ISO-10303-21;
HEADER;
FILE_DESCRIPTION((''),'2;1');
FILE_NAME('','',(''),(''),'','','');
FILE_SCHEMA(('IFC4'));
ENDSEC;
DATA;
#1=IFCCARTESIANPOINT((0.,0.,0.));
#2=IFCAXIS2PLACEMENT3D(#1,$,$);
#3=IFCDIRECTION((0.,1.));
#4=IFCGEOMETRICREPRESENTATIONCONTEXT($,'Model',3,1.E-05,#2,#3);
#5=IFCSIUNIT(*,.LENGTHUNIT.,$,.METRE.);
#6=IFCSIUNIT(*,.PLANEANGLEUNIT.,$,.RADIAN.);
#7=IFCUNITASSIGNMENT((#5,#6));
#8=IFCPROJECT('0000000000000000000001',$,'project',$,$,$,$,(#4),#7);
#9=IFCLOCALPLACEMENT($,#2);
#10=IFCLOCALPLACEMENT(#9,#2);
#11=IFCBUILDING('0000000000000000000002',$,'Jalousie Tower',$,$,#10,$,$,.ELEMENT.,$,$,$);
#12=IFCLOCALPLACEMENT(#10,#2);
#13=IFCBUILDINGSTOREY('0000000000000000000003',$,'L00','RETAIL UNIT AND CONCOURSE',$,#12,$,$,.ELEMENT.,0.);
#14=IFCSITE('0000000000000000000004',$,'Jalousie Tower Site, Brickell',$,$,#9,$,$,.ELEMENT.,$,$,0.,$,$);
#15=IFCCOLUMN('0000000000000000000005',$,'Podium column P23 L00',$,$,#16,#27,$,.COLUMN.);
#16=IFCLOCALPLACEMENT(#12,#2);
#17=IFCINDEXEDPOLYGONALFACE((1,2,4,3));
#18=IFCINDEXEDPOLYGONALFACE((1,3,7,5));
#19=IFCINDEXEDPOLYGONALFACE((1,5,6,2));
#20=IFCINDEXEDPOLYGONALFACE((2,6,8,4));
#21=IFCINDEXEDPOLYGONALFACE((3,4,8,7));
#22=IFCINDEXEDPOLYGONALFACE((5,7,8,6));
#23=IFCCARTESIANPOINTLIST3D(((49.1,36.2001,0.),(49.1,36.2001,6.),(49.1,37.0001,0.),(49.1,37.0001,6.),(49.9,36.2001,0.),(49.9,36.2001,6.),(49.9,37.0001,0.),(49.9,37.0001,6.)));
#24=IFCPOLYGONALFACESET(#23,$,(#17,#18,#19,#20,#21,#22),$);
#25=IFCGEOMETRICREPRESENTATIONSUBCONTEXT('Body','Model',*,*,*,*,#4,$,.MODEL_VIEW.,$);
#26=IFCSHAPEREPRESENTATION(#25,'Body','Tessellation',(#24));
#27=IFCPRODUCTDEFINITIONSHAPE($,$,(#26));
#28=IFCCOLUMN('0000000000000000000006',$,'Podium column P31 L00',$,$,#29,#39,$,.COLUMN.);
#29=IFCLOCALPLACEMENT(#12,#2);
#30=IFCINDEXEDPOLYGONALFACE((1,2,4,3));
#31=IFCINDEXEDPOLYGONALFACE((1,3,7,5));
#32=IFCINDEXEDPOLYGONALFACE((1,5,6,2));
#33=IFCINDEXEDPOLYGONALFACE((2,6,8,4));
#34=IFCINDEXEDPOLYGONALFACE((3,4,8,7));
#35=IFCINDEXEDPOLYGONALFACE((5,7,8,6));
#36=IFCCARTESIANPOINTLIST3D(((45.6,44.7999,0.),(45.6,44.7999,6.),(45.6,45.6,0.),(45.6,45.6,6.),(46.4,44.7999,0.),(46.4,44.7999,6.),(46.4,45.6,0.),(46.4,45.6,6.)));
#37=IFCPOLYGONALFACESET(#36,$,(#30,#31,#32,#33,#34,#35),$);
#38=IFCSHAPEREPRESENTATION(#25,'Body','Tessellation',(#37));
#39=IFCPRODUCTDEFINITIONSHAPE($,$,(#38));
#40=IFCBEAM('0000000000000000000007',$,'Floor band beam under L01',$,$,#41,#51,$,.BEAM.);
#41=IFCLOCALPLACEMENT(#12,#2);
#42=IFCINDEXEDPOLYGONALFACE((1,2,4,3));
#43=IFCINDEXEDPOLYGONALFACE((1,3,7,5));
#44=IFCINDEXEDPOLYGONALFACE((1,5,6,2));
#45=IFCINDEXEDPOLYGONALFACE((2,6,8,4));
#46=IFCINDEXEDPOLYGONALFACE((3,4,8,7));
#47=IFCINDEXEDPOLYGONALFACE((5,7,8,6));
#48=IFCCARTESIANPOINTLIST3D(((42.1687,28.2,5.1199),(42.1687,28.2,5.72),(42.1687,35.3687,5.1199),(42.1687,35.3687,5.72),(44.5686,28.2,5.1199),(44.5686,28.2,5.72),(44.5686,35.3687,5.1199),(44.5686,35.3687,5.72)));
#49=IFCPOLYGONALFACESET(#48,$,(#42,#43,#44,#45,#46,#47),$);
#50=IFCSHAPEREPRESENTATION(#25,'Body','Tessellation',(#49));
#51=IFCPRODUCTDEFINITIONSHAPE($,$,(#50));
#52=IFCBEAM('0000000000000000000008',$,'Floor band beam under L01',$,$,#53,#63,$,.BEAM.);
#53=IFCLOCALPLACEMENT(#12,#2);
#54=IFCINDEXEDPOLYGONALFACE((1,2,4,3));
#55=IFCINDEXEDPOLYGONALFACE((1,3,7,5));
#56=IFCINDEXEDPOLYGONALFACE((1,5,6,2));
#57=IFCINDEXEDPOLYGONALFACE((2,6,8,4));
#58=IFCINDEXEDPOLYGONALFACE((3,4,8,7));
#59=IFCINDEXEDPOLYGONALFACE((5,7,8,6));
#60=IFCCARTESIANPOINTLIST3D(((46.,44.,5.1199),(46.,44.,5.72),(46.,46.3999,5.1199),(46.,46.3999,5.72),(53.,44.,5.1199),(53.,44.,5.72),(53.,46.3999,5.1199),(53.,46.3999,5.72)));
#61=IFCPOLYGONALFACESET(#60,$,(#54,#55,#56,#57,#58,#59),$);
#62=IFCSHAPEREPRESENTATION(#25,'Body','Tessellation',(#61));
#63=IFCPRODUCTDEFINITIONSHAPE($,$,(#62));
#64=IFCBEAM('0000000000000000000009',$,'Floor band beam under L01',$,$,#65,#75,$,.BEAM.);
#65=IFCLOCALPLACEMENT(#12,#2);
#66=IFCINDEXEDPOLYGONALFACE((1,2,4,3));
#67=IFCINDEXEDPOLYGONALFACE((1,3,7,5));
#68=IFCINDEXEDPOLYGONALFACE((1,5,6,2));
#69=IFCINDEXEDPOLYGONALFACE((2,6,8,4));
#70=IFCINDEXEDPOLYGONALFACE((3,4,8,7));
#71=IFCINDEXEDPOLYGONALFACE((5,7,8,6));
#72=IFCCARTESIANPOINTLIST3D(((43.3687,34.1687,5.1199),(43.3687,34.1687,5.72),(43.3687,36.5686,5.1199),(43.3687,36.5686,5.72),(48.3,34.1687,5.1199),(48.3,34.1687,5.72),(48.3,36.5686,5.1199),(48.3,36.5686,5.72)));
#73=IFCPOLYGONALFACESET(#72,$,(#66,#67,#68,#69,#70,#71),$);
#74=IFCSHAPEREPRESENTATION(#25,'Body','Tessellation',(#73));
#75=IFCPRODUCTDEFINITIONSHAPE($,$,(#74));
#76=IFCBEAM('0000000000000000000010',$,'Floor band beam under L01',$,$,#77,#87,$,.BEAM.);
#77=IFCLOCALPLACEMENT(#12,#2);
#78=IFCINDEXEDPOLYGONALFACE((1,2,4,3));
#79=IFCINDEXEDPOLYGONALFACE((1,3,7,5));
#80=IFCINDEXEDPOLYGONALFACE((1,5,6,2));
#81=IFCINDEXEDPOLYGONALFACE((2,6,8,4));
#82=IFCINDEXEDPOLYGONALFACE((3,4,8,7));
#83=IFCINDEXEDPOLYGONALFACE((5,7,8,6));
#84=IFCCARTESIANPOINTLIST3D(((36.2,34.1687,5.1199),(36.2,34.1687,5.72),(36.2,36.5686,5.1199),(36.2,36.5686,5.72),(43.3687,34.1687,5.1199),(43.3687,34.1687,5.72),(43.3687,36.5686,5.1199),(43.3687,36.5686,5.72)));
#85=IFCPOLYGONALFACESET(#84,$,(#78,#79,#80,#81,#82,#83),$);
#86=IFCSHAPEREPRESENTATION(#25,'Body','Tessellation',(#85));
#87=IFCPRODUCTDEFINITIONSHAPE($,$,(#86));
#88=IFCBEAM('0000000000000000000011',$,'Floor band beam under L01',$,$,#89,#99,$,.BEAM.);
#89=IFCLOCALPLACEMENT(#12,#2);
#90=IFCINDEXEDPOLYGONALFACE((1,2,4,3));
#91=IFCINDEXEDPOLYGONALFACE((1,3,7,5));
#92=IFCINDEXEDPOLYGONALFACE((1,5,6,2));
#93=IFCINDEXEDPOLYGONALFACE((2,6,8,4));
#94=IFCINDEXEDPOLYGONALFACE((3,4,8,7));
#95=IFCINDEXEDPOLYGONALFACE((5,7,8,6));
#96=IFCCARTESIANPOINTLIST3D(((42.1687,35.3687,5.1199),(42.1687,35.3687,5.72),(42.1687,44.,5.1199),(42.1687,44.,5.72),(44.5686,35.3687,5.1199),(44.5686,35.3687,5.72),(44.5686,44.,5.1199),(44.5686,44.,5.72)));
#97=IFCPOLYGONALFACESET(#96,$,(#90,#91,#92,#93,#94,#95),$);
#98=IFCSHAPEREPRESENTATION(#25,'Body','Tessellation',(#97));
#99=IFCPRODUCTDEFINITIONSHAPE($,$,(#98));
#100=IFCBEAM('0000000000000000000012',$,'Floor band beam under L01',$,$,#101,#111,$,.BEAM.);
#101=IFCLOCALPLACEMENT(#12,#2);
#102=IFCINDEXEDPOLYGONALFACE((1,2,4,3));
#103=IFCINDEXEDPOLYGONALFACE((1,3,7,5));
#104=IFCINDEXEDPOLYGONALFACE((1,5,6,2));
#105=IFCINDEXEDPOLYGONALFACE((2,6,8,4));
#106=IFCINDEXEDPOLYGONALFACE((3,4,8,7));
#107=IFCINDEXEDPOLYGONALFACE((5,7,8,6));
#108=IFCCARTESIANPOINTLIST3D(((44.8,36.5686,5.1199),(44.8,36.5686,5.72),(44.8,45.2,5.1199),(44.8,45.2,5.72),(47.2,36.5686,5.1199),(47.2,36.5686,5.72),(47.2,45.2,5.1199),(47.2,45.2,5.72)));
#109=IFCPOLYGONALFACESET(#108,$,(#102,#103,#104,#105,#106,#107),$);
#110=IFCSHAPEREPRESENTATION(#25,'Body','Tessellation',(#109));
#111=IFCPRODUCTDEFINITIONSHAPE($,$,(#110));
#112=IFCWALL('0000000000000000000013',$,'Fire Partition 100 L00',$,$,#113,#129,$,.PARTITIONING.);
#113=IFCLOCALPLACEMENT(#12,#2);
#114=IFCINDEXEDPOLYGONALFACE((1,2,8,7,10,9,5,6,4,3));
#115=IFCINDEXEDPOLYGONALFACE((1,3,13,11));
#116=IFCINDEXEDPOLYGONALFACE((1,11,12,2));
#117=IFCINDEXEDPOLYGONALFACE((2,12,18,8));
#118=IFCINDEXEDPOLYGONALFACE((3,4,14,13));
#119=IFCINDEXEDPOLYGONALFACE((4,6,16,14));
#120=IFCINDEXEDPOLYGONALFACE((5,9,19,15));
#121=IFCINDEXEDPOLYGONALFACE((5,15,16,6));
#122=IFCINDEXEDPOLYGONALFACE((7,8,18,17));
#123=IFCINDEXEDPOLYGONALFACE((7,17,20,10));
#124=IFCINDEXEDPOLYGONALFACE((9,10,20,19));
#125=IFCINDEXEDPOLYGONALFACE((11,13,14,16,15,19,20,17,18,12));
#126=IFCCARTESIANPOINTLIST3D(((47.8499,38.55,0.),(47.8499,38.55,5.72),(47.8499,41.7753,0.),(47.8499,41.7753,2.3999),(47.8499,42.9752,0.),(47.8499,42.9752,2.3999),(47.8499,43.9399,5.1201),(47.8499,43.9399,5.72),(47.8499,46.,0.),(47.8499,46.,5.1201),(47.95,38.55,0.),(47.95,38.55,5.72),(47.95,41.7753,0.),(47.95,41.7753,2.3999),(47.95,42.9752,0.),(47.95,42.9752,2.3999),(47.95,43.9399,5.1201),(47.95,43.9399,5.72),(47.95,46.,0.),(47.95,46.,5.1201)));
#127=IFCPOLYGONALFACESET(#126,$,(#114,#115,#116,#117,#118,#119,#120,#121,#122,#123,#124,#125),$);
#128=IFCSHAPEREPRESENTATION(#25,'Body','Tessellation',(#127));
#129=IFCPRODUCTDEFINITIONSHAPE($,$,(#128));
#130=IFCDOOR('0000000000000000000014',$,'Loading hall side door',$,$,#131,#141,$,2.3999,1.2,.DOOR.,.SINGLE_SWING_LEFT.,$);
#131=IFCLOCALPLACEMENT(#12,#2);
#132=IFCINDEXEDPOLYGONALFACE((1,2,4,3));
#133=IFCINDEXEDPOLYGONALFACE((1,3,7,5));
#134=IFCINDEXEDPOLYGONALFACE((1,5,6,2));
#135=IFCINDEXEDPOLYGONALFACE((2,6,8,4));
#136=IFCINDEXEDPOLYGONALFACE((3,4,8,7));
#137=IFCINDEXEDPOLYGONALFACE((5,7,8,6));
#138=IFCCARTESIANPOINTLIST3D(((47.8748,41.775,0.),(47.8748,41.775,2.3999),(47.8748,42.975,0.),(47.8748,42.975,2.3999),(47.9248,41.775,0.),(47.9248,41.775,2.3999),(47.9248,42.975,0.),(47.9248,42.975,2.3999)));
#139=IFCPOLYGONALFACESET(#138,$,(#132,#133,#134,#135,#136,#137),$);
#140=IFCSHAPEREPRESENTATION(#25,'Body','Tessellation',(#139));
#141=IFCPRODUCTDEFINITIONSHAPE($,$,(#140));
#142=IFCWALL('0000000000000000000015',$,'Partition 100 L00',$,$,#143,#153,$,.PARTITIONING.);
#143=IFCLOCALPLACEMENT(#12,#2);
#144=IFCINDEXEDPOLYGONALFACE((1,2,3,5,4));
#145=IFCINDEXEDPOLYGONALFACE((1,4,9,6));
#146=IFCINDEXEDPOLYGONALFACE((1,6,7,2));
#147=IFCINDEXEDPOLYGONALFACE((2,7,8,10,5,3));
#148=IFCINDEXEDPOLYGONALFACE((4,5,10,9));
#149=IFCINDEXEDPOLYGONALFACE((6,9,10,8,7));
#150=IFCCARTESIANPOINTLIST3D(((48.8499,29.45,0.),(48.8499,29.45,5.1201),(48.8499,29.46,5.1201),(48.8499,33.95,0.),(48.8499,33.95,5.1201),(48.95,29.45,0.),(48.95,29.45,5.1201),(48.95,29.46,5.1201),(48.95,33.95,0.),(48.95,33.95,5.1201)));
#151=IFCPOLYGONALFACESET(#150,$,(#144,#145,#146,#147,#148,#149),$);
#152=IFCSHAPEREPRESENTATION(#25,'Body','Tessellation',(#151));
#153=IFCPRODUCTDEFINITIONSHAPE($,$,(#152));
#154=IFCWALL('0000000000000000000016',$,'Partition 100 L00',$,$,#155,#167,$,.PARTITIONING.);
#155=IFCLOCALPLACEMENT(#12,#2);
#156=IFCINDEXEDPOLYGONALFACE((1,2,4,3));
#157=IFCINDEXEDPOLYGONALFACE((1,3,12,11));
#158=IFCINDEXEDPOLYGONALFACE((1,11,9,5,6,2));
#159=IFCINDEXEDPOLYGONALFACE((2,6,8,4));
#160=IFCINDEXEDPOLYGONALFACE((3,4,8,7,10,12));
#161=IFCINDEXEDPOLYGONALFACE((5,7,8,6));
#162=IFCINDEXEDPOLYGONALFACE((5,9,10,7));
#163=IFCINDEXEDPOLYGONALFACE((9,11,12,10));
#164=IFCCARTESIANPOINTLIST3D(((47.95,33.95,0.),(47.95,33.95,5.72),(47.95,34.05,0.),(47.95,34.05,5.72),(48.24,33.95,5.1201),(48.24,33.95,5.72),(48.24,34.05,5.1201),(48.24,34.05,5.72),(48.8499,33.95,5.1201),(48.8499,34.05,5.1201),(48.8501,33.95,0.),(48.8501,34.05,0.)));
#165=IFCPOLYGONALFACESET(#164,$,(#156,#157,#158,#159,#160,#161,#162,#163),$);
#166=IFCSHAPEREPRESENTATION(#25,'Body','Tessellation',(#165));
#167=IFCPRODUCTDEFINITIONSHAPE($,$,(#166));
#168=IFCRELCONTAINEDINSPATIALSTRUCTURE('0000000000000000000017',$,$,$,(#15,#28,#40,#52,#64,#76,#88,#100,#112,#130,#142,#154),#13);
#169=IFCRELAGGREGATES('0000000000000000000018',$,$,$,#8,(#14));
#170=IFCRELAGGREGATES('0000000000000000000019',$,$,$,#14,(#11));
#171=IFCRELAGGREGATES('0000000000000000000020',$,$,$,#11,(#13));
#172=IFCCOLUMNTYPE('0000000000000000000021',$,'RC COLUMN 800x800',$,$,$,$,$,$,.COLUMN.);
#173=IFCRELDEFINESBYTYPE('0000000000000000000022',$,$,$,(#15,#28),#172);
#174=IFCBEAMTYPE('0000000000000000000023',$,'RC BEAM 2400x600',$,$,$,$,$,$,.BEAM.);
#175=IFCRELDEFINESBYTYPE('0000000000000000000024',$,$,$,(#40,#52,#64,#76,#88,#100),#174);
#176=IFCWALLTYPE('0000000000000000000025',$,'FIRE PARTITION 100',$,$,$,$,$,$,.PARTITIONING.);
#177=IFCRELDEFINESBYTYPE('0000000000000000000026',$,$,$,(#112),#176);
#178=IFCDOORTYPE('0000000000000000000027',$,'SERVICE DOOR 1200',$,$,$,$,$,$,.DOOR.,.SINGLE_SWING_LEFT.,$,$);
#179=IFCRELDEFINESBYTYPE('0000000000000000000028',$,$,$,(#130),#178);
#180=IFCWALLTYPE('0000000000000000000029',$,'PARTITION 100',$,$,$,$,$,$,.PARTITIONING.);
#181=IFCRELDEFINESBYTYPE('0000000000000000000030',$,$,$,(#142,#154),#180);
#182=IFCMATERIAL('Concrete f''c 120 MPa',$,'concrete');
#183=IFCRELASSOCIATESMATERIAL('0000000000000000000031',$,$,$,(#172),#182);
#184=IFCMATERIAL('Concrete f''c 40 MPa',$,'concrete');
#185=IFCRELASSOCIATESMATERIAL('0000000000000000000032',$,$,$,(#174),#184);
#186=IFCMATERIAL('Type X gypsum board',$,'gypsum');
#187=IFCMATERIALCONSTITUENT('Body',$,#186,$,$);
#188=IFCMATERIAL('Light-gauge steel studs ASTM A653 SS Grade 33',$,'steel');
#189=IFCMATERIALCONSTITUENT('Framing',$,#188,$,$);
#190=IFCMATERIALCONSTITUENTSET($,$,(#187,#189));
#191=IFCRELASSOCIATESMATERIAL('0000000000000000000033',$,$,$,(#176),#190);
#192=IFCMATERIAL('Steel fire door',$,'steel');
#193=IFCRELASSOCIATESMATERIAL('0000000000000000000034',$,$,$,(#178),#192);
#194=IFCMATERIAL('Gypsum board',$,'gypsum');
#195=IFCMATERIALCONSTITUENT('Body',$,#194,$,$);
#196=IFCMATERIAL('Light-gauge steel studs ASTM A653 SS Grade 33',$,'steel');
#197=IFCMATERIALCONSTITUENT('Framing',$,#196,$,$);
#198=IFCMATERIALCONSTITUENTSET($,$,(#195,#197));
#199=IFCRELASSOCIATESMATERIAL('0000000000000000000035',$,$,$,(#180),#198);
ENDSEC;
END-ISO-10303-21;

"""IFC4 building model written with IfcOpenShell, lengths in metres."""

from ifc_helpers import new_model, si_unit, direction, frame, frame_2d, origin, origin_2d, place, context, subcontext, project, spatial, polyline, rectangle, outline, extrude, material, constituent, constituent_set, material_profile, profile_set, type_object, element, fill, save


model = new_model("IFC4")

# Units and contexts
model_context = context("Model", 3, precision=1e-05, world=origin(), true_north=direction((0.0, 1.0)))
body_context = subcontext(model_context, "Body", "Model", "MODEL_VIEW")
ifc_project = project(units=[si_unit("LENGTHUNIT", "METRE"), si_unit("PLANEANGLEUNIT", "RADIAN")], contexts=[model_context])

# Site, building, storey
site_placement = place(None, origin())
site = spatial("IfcSite", under=ifc_project, at=site_placement, Name="Jalousie Tower Site, Brickell", CompositionType="ELEMENT", RefElevation=0.0)
building_placement = place(site_placement, origin())
building = spatial("IfcBuilding", under=site, at=building_placement, Name="Jalousie Tower", CompositionType="ELEMENT")
storey_placement = place(building_placement, origin())
storey = spatial("IfcBuildingStorey", under=building, at=storey_placement, Name="L00", Description="RETAIL UNIT AND CONCOURSE", CompositionType="ELEMENT", Elevation=0.0)

# Columns
ifc_material_1 = material(Name="Concrete f'c 120 MPa", Category="concrete")
ifc_material_profile_1 = material_profile(ifc_material_1, rectangle(XDim=0.8, YDim=0.8, at=origin_2d()), Name="RC 800x800")
ifc_profile_set_1 = profile_set([ifc_material_profile_1], Name="Concrete f'c 120 MPa")
column_type = type_object("IfcColumnType", Name="RC COLUMN 800x800", PredefinedType="COLUMN", material=ifc_profile_set_1)
for number, where, z_axis, x_axis, name in (
    (1, (49.5, 36.6001, 0.0), (0.0, 0.0, 1.0), (1.0, 0.0, 0.0), "Podium column P23 L00"),
    (2, (46.0, 45.2, 0.0), (0.0, 0.0, 1.0), (1.0, 0.0, 0.0), "Podium column P31 L00"),
):
    element("IfcColumn", number, at=place(storey_placement, frame(where, z_axis=z_axis, x_axis=x_axis)), inside=storey, type_object=column_type, Name=name, PredefinedType="COLUMN", context=body_context, shape_type="SweptSolid", body=[
        extrude(rectangle(XDim=0.8, YDim=0.8, at=origin_2d()), origin(), (0.0, 0.0, 1.0), 6.0),
    ])

# Beams
ifc_material_2 = material(Name="Concrete f'c 40 MPa", Category="concrete")
ifc_material_profile_2 = material_profile(ifc_material_2, rectangle(XDim=2.3999, YDim=0.6001, at=origin_2d()), Name="RC 2400x600")
ifc_profile_set_2 = profile_set([ifc_material_profile_2], Name="Concrete f'c 40 MPa")
beam_type = type_object("IfcBeamType", Name="RC BEAM 2400x600", PredefinedType="BEAM", material=ifc_profile_set_2)
beam_1_placement = place(storey_placement, frame((43.3687, 35.3687, 5.4199), z_axis=(0.0, -1.0, 0.0), x_axis=(1.0, 0.0, 0.0)))
element("IfcBeam", 3, at=beam_1_placement, inside=storey, type_object=beam_type, Name="Floor band beam under L01", PredefinedType="BEAM", context=body_context, shape_type="SweptSolid", body=[
    extrude(rectangle(XDim=2.3999, YDim=0.6001, at=origin_2d()), origin(), (0.0, 0.0, 1.0), 7.1687),
])
beam_2_placement = place(storey_placement, frame((46.0, 45.2, 5.4199), z_axis=(1.0, 0.0, 0.0), x_axis=(0.0, 1.0, 0.0)))
element("IfcBeam", 4, at=beam_2_placement, inside=storey, type_object=beam_type, Name="Floor band beam under L01", PredefinedType="BEAM", context=body_context, shape_type="SweptSolid", body=[
    extrude(rectangle(XDim=2.3999, YDim=0.6001, at=origin_2d()), origin(), (0.0, 0.0, 1.0), 7.0),
])
beam_3_placement = place(storey_placement, frame((43.3687, 35.3687, 5.4199), z_axis=(1.0, 0.0, 0.0), x_axis=(0.0, 1.0, 0.0)))
element("IfcBeam", 5, at=beam_3_placement, inside=storey, type_object=beam_type, Name="Floor band beam under L01", PredefinedType="BEAM", context=body_context, shape_type="SweptSolid", body=[
    extrude(rectangle(XDim=2.3999, YDim=0.6001, at=origin_2d()), origin(), (0.0, 0.0, 1.0), 4.9314),
])
beam_4_placement = place(storey_placement, frame((43.3687, 35.3687, 5.4199), z_axis=(-1.0, 0.0, 0.0), x_axis=(0.0, -1.0, 0.0)))
element("IfcBeam", 6, at=beam_4_placement, inside=storey, type_object=beam_type, Name="Floor band beam under L01", PredefinedType="BEAM", context=body_context, shape_type="SweptSolid", body=[
    extrude(rectangle(XDim=2.3999, YDim=0.6001, at=origin_2d()), origin(), (0.0, 0.0, 1.0), 7.1687),
])
for number, where, z_axis, x_axis, name in (
    (7, (43.3687, 35.3687, 5.4199), (0.0, 1.0, 0.0), (-1.0, 0.0, 0.0), "Floor band beam under L01"),
    (8, (46.0, 45.2, 5.4199), (0.0, -1.0, 0.0), (1.0, 0.0, 0.0), "Floor band beam under L01"),
):
    element("IfcBeam", number, at=place(storey_placement, frame(where, z_axis=z_axis, x_axis=x_axis)), inside=storey, type_object=beam_type, Name=name, PredefinedType="BEAM", context=body_context, shape_type="SweptSolid", body=[
        extrude(rectangle(XDim=2.3999, YDim=0.6001, at=origin_2d()), origin(), (0.0, 0.0, 1.0), 8.6313),
    ])

# Wall, opening, door
ifc_material_3 = material(Name="Type X gypsum board", Category="gypsum")
ifc_constituent_1 = constituent(ifc_material_3, Name="Body")
ifc_material_4 = material(Name="Light-gauge steel studs ASTM A653 SS Grade 33", Category="steel")
ifc_constituent_2 = constituent(ifc_material_4, Name="Framing")
ifc_constituent_set_1 = constituent_set(constituents=[ifc_constituent_1, ifc_constituent_2])
wall_type_1 = type_object("IfcWallType", Name="FIRE PARTITION 100", PredefinedType="PARTITIONING", material=ifc_constituent_set_1)
wall_1_placement = place(storey_placement, frame((47.8999, 38.55, 0.0), z_axis=(0.0, 0.0, 1.0), x_axis=(0.0, 1.0, 0.0)))
wall_1 = element("IfcWall", 9, at=wall_1_placement, inside=storey, type_object=wall_type_1, Name="Fire Partition 100 L00", PredefinedType="PARTITIONING", context=body_context, shape_type="SweptSolid", body=[
    extrude(outline(polyline([(0.0, 0.0), (7.45, 0.0), (7.45, 5.72), (7.45, 5.1201), (5.3899, 5.1201), (5.3899, 5.72), (0.0, 5.72), (0.0, 0.0)])), frame((0.0, 0.05, 0.0), z_axis=(0.0, -1.0, 0.0), x_axis=(1.0, 0.0, 0.0)), (0.0, 0.0, 1.0), 0.1001),
])
opening_placement = place(wall_1_placement, frame((3.2251, 0.0, 0.0)))
opening = element("IfcOpeningElement", 10, at=opening_placement, cuts=wall_1, PredefinedType="OPENING", context=body_context, shape_type="SweptSolid", body=[
    extrude(rectangle(XDim=1.2, YDim=2.3999, at=frame_2d((0.6001, 1.2))), frame((0.0, 0.0601, 0.0), z_axis=(0.0, -1.0, 0.0), x_axis=(1.0, 0.0, 0.0)), (0.0, 0.0, 1.0), 0.1201),
])
ifc_material_5 = material(Name="Steel fire door", Category="steel")
door_type = type_object("IfcDoorType", Name="SERVICE DOOR 1200", OperationType="SINGLE_SWING_LEFT", PredefinedType="DOOR", material=ifc_material_5)
door_placement = place(opening_placement, frame((1.2, 0.0, 0.0), z_axis=(0.0, 0.0, 1.0), x_axis=(-1.0, 0.0, 0.0)))
door = element("IfcDoor", 11, at=door_placement, inside=storey, type_object=door_type, Name="Loading hall side door", OperationType="SINGLE_SWING_LEFT", OverallHeight=2.3999, OverallWidth=1.2, PredefinedType="DOOR", context=body_context, shape_type="SweptSolid", body=[
    extrude(rectangle(XDim=1.2, YDim=2.3999, at=frame_2d((0.6001, 1.2))), frame((0.0, 0.0249, 0.0), z_axis=(0.0, -1.0, 0.0), x_axis=(1.0, 0.0, 0.0)), (0.0, 0.0, 1.0), 0.05),
])
fill(opening, door)

# Walls
ifc_material_6 = material(Name="Gypsum board", Category="gypsum")
ifc_constituent_3 = constituent(ifc_material_6, Name="Body")
ifc_material_7 = material(Name="Light-gauge steel studs ASTM A653 SS Grade 33", Category="steel")
ifc_constituent_4 = constituent(ifc_material_7, Name="Framing")
ifc_constituent_set_2 = constituent_set(constituents=[ifc_constituent_3, ifc_constituent_4])
wall_type_2 = type_object("IfcWallType", Name="PARTITION 100", PredefinedType="PARTITIONING", material=ifc_constituent_set_2)
wall_2_placement = place(storey_placement, frame((48.8999, 29.45, 0.0), z_axis=(0.0, 0.0, 1.0), x_axis=(0.0, 1.0, 0.0)))
element("IfcWall", 12, at=wall_2_placement, inside=storey, type_object=wall_type_2, Name="Partition 100 L00", PredefinedType="PARTITIONING", context=body_context, shape_type="SweptSolid", body=[
    extrude(outline(polyline([(0.0, 0.0), (4.5, 0.0), (4.5, 5.72), (4.5, 5.1201), (0.01, 5.1201), (0.0, 5.1201), (0.0, 5.72), (0.0, 0.0)])), frame((0.0, 0.05, 0.0), z_axis=(0.0, -1.0, 0.0), x_axis=(1.0, 0.0, 0.0)), (0.0, 0.0, 1.0), 0.1001),
])
wall_3_placement = place(storey_placement, frame((47.95, 34.0, 0.0), z_axis=(0.0, 0.0, 1.0), x_axis=(1.0, 0.0, 0.0)))
element("IfcWall", 13, at=wall_3_placement, inside=storey, type_object=wall_type_2, Name="Partition 100 L00", PredefinedType="PARTITIONING", context=body_context, shape_type="SweptSolid", body=[
    extrude(outline(polyline([(0.0, 0.0), (0.9001, 0.0), (0.8999, 5.72), (0.8999, 5.1201), (0.29, 5.1201), (0.29, 5.72), (0.0, 5.72), (0.0, 0.0)])), frame((0.0, 0.05, 0.0), z_axis=(0.0, -1.0, 0.0), x_axis=(1.0, 0.0, 0.0)), (0.0, 0.0, 1.0), 0.1001),
])

save(model, "model.ifc")
